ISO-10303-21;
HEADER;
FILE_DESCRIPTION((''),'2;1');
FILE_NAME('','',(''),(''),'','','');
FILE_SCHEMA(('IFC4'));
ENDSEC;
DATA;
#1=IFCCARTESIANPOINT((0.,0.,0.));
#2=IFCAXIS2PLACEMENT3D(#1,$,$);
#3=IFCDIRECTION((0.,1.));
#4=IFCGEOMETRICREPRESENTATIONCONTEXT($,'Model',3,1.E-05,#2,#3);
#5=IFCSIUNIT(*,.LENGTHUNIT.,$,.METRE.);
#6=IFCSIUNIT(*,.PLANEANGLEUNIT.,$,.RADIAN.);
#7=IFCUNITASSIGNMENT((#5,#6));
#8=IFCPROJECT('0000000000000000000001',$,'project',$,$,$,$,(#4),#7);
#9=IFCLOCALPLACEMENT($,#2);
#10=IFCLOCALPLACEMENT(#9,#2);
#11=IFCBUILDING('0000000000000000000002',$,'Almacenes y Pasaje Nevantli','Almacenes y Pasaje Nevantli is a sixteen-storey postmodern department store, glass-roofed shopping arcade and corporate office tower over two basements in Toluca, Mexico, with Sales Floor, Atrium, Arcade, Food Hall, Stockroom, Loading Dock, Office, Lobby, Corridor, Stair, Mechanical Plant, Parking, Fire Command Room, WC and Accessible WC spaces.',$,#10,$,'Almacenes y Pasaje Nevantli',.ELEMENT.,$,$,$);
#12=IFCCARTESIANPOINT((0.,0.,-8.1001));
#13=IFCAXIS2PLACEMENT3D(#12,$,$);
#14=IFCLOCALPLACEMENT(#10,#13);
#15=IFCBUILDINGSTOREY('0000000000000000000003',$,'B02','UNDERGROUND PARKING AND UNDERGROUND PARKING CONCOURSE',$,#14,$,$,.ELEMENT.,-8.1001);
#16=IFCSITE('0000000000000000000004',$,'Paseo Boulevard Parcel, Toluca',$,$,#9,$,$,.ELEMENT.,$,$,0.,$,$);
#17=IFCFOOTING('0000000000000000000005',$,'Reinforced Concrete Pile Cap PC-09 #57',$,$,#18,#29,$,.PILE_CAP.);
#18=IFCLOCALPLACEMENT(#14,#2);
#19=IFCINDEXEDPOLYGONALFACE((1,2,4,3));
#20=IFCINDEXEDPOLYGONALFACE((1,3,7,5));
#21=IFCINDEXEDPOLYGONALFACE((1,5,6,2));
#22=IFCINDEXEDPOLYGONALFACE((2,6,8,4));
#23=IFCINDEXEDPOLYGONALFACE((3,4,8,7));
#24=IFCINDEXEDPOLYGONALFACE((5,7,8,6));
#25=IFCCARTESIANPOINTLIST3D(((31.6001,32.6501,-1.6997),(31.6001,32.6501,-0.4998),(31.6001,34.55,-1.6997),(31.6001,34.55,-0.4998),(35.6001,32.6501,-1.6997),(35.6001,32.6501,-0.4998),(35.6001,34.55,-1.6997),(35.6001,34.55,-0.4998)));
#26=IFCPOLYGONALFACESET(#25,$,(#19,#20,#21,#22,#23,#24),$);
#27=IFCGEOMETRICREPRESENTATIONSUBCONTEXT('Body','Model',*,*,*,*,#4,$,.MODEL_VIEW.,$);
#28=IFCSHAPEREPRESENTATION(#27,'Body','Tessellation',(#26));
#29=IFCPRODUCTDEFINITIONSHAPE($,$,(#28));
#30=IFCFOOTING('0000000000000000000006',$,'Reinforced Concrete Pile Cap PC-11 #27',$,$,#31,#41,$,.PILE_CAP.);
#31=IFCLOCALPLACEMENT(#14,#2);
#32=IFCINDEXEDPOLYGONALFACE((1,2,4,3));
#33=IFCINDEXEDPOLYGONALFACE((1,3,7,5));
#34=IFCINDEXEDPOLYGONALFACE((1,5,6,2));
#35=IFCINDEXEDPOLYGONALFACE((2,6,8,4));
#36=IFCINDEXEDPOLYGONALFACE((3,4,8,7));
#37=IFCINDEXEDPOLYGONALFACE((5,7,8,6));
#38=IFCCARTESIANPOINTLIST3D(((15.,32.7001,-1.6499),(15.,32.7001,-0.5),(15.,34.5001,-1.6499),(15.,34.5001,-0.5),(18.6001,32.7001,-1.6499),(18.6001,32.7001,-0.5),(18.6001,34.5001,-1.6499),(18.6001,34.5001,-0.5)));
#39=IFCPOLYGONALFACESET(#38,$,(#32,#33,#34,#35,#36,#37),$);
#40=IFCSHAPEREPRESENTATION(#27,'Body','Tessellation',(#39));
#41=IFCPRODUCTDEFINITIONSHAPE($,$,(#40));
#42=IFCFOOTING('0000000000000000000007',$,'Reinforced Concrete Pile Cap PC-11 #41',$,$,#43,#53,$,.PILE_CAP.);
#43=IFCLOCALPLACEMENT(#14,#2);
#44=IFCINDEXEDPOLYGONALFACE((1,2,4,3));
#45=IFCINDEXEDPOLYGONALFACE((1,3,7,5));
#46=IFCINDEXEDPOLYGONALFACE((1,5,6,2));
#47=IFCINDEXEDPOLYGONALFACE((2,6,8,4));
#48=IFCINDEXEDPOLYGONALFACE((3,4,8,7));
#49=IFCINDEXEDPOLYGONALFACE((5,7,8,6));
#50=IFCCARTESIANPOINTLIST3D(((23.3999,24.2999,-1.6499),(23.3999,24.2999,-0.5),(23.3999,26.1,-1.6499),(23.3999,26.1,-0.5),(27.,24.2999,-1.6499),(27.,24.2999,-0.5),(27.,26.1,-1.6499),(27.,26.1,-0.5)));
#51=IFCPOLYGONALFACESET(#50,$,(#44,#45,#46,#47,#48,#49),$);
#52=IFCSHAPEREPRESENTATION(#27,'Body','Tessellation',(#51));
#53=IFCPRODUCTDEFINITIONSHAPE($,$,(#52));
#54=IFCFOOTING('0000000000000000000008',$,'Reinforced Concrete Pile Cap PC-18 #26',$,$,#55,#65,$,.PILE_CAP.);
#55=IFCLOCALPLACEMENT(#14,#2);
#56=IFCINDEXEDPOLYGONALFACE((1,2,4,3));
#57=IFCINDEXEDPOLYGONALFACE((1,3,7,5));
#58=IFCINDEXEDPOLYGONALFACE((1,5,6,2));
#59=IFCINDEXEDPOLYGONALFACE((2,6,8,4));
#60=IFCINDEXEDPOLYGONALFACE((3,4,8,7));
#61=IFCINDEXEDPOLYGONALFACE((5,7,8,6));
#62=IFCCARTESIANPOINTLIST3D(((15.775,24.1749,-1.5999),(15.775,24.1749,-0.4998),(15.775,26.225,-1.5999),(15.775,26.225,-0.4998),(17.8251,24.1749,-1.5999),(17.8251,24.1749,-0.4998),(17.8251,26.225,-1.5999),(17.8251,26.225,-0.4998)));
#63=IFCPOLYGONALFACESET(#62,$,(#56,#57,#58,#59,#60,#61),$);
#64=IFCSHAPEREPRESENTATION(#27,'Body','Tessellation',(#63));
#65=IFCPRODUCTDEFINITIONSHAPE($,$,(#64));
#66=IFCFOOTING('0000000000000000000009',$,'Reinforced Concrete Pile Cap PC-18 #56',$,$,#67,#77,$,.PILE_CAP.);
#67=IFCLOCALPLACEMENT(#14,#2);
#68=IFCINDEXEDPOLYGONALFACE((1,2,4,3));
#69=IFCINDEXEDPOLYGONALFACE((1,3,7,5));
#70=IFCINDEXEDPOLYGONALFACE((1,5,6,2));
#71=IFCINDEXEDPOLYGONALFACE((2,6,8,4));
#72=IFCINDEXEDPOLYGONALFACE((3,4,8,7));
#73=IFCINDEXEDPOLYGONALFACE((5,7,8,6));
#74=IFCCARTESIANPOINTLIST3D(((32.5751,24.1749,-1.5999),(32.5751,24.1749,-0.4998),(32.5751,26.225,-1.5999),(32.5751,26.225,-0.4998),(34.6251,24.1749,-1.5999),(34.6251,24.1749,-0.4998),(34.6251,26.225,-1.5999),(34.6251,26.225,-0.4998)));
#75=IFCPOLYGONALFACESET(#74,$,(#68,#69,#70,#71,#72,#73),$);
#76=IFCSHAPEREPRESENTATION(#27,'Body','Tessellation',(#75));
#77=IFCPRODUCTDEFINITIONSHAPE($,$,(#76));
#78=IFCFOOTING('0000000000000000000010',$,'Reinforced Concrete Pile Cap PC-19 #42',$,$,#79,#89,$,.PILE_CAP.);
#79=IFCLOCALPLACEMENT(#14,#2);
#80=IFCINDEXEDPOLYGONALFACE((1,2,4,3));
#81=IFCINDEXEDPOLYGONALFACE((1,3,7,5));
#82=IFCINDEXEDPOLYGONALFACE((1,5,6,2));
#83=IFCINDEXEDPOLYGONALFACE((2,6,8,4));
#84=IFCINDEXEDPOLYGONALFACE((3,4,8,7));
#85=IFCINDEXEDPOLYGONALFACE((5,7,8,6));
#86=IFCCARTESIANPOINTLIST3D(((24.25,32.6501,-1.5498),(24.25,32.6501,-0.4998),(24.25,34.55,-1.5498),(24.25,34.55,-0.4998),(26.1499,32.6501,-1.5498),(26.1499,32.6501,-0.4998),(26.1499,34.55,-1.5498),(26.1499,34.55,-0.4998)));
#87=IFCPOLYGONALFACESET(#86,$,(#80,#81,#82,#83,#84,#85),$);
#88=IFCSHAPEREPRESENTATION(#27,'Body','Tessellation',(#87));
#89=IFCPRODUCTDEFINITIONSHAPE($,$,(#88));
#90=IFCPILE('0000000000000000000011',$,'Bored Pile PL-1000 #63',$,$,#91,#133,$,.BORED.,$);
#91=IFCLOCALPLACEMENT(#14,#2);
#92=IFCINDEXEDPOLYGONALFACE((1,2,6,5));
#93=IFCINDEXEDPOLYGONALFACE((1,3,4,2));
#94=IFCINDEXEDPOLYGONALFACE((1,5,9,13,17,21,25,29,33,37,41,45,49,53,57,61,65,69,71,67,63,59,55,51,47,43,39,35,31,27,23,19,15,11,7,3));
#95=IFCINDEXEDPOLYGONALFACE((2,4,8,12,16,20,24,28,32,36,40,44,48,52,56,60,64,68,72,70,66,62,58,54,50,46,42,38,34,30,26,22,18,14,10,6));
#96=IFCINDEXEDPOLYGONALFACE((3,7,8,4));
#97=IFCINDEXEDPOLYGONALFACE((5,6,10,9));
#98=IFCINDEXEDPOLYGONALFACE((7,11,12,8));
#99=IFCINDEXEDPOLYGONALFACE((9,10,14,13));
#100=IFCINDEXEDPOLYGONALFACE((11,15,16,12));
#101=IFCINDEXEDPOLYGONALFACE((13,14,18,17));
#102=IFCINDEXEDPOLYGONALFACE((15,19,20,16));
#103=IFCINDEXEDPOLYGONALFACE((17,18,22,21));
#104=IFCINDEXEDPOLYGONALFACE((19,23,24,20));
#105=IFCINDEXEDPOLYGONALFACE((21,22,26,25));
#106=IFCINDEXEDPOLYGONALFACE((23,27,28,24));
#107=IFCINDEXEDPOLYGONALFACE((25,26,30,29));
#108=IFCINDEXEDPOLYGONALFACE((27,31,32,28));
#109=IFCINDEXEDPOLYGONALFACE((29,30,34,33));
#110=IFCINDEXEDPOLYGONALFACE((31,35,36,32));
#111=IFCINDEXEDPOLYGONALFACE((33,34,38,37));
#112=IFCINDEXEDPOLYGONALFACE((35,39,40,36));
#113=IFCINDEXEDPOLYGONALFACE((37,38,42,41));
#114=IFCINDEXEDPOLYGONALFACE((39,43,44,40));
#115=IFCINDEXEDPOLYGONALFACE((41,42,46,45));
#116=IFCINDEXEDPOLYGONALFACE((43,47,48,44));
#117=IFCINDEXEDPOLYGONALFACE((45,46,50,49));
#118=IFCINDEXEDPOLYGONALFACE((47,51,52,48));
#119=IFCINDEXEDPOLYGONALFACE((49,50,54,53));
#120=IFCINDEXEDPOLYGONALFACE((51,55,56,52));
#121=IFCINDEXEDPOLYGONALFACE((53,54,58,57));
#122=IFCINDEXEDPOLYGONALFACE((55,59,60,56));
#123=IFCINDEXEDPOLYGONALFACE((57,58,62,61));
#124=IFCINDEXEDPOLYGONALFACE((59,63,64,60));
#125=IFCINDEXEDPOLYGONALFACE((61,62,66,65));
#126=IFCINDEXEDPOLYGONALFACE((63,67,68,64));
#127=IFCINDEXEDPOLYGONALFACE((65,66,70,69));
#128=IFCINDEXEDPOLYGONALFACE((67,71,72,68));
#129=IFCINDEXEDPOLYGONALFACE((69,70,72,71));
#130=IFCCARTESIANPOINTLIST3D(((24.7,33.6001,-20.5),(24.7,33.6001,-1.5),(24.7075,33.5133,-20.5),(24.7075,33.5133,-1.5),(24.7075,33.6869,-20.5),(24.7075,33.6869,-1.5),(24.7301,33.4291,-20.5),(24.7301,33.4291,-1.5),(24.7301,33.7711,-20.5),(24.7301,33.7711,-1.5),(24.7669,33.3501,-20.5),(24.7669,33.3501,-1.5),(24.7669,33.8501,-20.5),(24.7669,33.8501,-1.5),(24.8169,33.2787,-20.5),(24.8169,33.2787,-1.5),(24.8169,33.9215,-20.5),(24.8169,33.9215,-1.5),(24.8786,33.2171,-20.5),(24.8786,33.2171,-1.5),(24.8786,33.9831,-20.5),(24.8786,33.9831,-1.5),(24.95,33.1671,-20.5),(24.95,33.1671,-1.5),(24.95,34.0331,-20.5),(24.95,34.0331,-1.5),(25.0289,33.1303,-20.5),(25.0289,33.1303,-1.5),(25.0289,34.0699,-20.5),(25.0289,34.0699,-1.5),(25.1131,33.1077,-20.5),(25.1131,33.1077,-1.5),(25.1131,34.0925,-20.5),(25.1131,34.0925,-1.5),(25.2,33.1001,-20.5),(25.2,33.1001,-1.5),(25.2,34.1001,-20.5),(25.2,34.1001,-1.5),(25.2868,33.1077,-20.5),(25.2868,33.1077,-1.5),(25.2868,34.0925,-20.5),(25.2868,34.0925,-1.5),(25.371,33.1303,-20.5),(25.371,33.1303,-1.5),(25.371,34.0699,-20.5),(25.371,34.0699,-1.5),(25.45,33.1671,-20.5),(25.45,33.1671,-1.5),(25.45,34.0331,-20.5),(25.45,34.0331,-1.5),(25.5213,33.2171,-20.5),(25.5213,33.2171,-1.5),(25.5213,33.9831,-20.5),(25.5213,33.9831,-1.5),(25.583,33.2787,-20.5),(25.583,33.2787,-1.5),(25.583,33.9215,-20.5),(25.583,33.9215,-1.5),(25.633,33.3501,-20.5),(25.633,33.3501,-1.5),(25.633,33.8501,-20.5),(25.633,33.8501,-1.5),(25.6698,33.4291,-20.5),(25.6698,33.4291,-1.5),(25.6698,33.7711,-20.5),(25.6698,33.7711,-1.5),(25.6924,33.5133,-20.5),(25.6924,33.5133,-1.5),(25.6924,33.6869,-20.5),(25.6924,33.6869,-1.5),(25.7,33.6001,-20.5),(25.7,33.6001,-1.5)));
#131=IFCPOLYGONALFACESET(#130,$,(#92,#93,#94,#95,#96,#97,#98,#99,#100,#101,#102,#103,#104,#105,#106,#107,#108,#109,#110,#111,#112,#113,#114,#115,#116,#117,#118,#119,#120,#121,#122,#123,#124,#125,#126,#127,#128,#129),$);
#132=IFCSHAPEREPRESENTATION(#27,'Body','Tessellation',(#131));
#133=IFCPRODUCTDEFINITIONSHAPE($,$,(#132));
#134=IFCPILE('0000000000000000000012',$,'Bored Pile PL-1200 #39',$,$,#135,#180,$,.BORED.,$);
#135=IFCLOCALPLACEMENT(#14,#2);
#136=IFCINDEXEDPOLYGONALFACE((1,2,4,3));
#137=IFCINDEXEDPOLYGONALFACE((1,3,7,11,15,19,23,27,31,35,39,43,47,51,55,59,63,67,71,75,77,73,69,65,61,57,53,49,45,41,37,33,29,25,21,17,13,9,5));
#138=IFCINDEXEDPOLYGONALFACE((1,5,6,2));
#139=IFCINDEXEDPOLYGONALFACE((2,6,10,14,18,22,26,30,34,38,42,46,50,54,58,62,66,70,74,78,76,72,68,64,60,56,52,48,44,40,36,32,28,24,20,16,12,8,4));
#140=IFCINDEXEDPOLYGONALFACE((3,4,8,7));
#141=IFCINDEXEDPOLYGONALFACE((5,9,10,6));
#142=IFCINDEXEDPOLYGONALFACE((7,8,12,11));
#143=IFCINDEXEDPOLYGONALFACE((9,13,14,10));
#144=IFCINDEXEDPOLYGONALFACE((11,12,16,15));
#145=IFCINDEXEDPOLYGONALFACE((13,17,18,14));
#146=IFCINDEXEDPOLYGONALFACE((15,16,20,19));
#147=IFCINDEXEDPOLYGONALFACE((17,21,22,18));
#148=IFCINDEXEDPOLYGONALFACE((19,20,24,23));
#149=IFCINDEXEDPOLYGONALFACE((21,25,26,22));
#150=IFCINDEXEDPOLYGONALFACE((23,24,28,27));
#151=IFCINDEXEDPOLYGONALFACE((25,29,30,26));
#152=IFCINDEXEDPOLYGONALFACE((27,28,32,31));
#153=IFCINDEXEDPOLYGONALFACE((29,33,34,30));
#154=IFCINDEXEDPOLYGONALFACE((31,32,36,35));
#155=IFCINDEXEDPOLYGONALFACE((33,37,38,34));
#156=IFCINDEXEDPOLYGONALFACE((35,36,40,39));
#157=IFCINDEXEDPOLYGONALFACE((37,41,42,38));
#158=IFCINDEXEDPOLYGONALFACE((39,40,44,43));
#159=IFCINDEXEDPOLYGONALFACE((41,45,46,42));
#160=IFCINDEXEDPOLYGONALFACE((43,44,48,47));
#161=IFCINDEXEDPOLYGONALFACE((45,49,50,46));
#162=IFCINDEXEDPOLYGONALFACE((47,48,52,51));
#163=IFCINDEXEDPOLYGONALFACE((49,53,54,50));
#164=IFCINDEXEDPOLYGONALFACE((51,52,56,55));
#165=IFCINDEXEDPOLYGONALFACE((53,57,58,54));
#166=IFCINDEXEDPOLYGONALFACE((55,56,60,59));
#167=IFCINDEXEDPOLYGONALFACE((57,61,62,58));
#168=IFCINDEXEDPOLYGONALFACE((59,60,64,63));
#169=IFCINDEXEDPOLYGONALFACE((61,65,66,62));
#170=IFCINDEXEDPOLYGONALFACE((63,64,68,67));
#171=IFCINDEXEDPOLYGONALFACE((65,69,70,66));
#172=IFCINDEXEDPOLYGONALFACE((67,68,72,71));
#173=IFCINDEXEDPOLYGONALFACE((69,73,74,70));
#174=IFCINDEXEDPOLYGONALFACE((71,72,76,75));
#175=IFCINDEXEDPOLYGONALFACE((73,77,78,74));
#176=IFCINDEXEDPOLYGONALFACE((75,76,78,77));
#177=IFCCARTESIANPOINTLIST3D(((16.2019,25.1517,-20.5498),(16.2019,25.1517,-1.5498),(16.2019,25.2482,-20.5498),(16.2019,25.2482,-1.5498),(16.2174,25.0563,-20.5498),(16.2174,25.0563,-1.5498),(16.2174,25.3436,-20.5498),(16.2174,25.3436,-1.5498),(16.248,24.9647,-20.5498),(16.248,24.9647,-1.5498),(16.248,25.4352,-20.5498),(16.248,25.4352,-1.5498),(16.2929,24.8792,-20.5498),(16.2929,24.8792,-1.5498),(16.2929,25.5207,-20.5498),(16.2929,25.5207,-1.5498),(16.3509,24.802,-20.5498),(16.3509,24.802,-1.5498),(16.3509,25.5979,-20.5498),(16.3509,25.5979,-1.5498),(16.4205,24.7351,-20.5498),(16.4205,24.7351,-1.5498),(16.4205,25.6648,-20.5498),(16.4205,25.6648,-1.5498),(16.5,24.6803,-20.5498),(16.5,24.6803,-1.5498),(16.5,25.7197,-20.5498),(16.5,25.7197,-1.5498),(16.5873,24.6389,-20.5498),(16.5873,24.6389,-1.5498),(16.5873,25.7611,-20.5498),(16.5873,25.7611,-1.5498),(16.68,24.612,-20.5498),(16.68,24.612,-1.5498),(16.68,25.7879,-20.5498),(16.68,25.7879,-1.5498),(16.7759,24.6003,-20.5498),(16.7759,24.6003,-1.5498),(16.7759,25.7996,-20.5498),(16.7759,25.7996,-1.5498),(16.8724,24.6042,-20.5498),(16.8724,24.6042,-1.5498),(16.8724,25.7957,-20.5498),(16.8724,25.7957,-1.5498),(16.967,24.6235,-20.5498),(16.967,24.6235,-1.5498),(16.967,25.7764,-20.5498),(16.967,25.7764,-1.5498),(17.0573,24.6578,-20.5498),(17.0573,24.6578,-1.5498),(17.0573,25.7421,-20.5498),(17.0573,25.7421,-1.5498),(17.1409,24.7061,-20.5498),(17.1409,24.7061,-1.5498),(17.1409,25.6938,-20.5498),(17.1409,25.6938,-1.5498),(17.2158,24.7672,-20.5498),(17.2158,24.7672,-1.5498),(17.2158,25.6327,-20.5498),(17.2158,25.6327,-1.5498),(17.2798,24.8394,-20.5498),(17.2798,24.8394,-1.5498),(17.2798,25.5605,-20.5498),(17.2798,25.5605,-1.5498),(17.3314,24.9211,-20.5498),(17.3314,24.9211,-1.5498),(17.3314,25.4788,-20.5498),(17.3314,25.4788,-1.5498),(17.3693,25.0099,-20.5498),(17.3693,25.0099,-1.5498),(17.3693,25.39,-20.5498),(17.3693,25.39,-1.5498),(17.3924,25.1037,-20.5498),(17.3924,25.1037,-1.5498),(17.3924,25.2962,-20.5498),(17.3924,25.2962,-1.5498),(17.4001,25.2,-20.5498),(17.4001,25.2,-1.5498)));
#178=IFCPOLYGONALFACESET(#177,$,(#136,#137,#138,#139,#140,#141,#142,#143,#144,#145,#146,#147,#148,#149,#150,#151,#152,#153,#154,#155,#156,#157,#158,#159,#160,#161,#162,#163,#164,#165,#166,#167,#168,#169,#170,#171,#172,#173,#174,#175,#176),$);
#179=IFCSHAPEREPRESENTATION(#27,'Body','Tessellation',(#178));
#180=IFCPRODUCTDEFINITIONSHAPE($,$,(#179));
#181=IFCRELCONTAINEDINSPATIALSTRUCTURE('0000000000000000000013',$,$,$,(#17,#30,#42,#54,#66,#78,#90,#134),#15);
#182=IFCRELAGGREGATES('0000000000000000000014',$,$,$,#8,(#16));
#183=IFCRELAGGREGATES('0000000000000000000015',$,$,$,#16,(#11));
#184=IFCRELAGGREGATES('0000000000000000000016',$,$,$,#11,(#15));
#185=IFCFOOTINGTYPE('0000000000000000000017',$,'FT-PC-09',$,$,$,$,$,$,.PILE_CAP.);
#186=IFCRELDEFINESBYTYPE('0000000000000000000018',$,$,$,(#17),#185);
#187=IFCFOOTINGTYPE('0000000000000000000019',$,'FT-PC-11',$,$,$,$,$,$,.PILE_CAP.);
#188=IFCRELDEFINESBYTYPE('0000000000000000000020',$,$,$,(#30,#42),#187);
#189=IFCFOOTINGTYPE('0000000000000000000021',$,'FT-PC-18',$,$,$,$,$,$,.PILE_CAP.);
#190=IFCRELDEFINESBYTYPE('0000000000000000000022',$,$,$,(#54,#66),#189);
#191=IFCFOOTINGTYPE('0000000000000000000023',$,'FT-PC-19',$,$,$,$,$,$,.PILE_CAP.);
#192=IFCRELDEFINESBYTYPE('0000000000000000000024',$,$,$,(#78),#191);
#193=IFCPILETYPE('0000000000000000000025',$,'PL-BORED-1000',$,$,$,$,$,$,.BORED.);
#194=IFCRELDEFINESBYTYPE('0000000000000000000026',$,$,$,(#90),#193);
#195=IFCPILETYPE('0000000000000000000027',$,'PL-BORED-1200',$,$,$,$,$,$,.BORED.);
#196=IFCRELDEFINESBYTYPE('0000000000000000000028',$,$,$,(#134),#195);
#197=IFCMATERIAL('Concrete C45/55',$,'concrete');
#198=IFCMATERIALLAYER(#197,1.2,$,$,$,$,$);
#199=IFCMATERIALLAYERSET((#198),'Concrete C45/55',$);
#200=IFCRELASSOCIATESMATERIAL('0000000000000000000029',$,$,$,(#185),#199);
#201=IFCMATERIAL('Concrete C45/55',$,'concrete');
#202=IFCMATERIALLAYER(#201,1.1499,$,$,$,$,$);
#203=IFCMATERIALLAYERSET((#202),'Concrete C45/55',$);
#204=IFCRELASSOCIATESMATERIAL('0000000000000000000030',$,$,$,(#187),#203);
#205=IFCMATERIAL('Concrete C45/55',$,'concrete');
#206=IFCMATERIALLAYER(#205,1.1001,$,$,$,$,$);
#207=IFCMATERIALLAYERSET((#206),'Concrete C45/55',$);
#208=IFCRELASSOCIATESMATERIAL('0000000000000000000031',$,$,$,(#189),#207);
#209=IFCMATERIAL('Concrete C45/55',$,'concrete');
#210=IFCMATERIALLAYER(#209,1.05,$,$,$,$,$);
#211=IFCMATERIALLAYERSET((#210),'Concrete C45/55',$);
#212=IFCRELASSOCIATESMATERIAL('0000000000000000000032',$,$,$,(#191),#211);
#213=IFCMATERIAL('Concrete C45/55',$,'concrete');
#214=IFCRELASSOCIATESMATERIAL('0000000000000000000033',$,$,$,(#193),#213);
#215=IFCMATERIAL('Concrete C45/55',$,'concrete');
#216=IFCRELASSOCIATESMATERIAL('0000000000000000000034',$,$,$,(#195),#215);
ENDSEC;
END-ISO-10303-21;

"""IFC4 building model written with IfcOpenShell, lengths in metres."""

from ifc_helpers import new_model, si_unit, direction, frame, origin, origin_2d, place, context, subcontext, project, spatial, rectangle, circle, extrude, material, layer, layer_set, material_profile, profile_set, type_object, element, save


model = new_model("IFC4")

# Units and contexts
model_context = context("Model", 3, precision=1e-05, world=origin(), true_north=direction((0.0, 1.0)))
body_context = subcontext(model_context, "Body", "Model", "MODEL_VIEW")
ifc_project = project(units=[si_unit("LENGTHUNIT", "METRE"), si_unit("PLANEANGLEUNIT", "RADIAN")], contexts=[model_context])

# Site, building, storey
site_placement = place(None, origin())
site = spatial("IfcSite", under=ifc_project, at=site_placement, Name="Paseo Boulevard Parcel, Toluca", CompositionType="ELEMENT", RefElevation=0.0)
building_placement = place(site_placement, origin())
building = spatial("IfcBuilding", under=site, at=building_placement, Name="Almacenes y Pasaje Nevantli", Description="Almacenes y Pasaje Nevantli is a sixteen-storey postmodern department store, glass-roofed shopping arcade and corporate office tower over two basements in Toluca, Mexico, with Sales Floor, Atrium, Arcade, Food Hall, Stockroom, Loading Dock, Office, Lobby, Corridor, Stair, Mechanical Plant, Parking, Fire Command Room, WC and Accessible WC spaces.", LongName="Almacenes y Pasaje Nevantli", CompositionType="ELEMENT")
storey_placement = place(building_placement, frame((0.0, 0.0, -8.1001)))
storey = spatial("IfcBuildingStorey", under=building, at=storey_placement, Name="B02", Description="UNDERGROUND PARKING AND UNDERGROUND PARKING CONCOURSE", CompositionType="ELEMENT", Elevation=-8.1001)

# Footings
ifc_material_1 = material(Name="Concrete C45/55", Category="concrete")
ifc_layer_1 = layer(ifc_material_1, 1.2)
ifc_layer_set_1 = layer_set([ifc_layer_1], Name="Concrete C45/55")
footing_type_1 = type_object("IfcFootingType", Name="FT-PC-09", PredefinedType="PILE_CAP", material=ifc_layer_set_1)
footing_1_placement = place(storey_placement, frame((33.6001, 33.6001, -1.6997), z_axis=(0.0, 0.0, 1.0), x_axis=(1.0, 0.0, 0.0)))
element("IfcFooting", 1, at=footing_1_placement, inside=storey, type_object=footing_type_1, Name="Reinforced Concrete Pile Cap PC-09 #57", PredefinedType="PILE_CAP", context=body_context, shape_type="SweptSolid", body=[
    extrude(rectangle(XDim=4.0, YDim=1.8999, at=origin_2d()), origin(), (0.0, 0.0, 1.0), 1.2),
])
ifc_material_2 = material(Name="Concrete C45/55", Category="concrete")
ifc_layer_2 = layer(ifc_material_2, 1.1499)
ifc_layer_set_2 = layer_set([ifc_layer_2], Name="Concrete C45/55")
footing_type_2 = type_object("IfcFootingType", Name="FT-PC-11", PredefinedType="PILE_CAP", material=ifc_layer_set_2)
for number, where, z_axis, x_axis, name in (
    (2, (16.8, 33.6001, -1.6499), (0.0, 0.0, 1.0), (1.0, 0.0, 0.0), "Reinforced Concrete Pile Cap PC-11 #27"),
    (3, (25.2, 25.2, -1.6499), (0.0, 0.0, 1.0), (1.0, 0.0, 0.0), "Reinforced Concrete Pile Cap PC-11 #41"),
):
    element("IfcFooting", number, at=place(storey_placement, frame(where, z_axis=z_axis, x_axis=x_axis)), inside=storey, type_object=footing_type_2, Name=name, PredefinedType="PILE_CAP", context=body_context, shape_type="SweptSolid", body=[
        extrude(rectangle(XDim=3.6001, YDim=1.8, at=origin_2d()), origin(), (0.0, 0.0, 1.0), 1.1499),
    ])
ifc_material_3 = material(Name="Concrete C45/55", Category="concrete")
ifc_layer_3 = layer(ifc_material_3, 1.1001)
ifc_layer_set_3 = layer_set([ifc_layer_3], Name="Concrete C45/55")
footing_type_3 = type_object("IfcFootingType", Name="FT-PC-18", PredefinedType="PILE_CAP", material=ifc_layer_set_3)
for number, where, z_axis, x_axis, name in (
    (4, (16.8, 25.2, -1.5999), (0.0, 0.0, 1.0), (1.0, 0.0, 0.0), "Reinforced Concrete Pile Cap PC-18 #26"),
    (5, (33.6001, 25.2, -1.5999), (0.0, 0.0, 1.0), (1.0, 0.0, 0.0), "Reinforced Concrete Pile Cap PC-18 #56"),
):
    element("IfcFooting", number, at=place(storey_placement, frame(where, z_axis=z_axis, x_axis=x_axis)), inside=storey, type_object=footing_type_3, Name=name, PredefinedType="PILE_CAP", context=body_context, shape_type="SweptSolid", body=[
        extrude(rectangle(XDim=2.05, YDim=2.05, at=origin_2d()), origin(), (0.0, 0.0, 1.0), 1.1001),
    ])
ifc_material_4 = material(Name="Concrete C45/55", Category="concrete")
ifc_layer_4 = layer(ifc_material_4, 1.05)
ifc_layer_set_4 = layer_set([ifc_layer_4], Name="Concrete C45/55")
footing_type_4 = type_object("IfcFootingType", Name="FT-PC-19", PredefinedType="PILE_CAP", material=ifc_layer_set_4)
footing_2_placement = place(storey_placement, frame((25.2, 33.6001, -1.5498), z_axis=(0.0, 0.0, 1.0), x_axis=(1.0, 0.0, 0.0)))
element("IfcFooting", 6, at=footing_2_placement, inside=storey, type_object=footing_type_4, Name="Reinforced Concrete Pile Cap PC-19 #42", PredefinedType="PILE_CAP", context=body_context, shape_type="SweptSolid", body=[
    extrude(rectangle(XDim=1.8999, YDim=1.8999, at=origin_2d()), origin(), (0.0, 0.0, 1.0), 1.05),
])

# Piles
ifc_material_5 = material(Name="Concrete C45/55", Category="concrete")
ifc_material_profile_1 = material_profile(ifc_material_5, circle(Radius=0.5, at=origin_2d()), Name="RC-PILE-D1000")
ifc_profile_set_1 = profile_set([ifc_material_profile_1], Name="Concrete C45/55")
pile_type_1 = type_object("IfcPileType", Name="PL-BORED-1000", PredefinedType="BORED", material=ifc_profile_set_1)
pile_placement = place(storey_placement, frame((25.2, 33.6001, -1.5), z_axis=(0.0, 0.0, -1.0), x_axis=(1.0, 0.0, 0.0)))
element("IfcPile", 7, at=pile_placement, inside=storey, type_object=pile_type_1, Name="Bored Pile PL-1000 #63", PredefinedType="BORED", context=body_context, shape_type="SweptSolid", body=[
    extrude(circle(Radius=0.5, at=origin_2d()), origin(), (0.0, 0.0, 1.0), 19.0),
])
ifc_material_6 = material(Name="Concrete C45/55", Category="concrete")
ifc_material_profile_2 = material_profile(ifc_material_6, circle(Radius=0.6001, at=origin_2d()), Name="RC-PILE-D1200")
ifc_profile_set_2 = profile_set([ifc_material_profile_2], Name="Concrete C45/55")
pile_type_2 = type_object("IfcPileType", Name="PL-BORED-1200", PredefinedType="BORED", material=ifc_profile_set_2)
for number, where, z_axis, x_axis, name in (
    (8, (16.8, 25.2, -1.5498), (0.0, 0.0, -1.0), (1.0, 0.0, 0.0), "Bored Pile PL-1200 #39"),
):
    element("IfcPile", number, at=place(storey_placement, frame(where, z_axis=z_axis, x_axis=x_axis)), inside=storey, type_object=pile_type_2, Name=name, PredefinedType="BORED", context=body_context, shape_type="SweptSolid", body=[
        extrude(circle(Radius=0.6001, at=origin_2d()), origin(), (0.0, 0.0, 1.0), 19.0),
    ])

save(model, "model.ifc")
